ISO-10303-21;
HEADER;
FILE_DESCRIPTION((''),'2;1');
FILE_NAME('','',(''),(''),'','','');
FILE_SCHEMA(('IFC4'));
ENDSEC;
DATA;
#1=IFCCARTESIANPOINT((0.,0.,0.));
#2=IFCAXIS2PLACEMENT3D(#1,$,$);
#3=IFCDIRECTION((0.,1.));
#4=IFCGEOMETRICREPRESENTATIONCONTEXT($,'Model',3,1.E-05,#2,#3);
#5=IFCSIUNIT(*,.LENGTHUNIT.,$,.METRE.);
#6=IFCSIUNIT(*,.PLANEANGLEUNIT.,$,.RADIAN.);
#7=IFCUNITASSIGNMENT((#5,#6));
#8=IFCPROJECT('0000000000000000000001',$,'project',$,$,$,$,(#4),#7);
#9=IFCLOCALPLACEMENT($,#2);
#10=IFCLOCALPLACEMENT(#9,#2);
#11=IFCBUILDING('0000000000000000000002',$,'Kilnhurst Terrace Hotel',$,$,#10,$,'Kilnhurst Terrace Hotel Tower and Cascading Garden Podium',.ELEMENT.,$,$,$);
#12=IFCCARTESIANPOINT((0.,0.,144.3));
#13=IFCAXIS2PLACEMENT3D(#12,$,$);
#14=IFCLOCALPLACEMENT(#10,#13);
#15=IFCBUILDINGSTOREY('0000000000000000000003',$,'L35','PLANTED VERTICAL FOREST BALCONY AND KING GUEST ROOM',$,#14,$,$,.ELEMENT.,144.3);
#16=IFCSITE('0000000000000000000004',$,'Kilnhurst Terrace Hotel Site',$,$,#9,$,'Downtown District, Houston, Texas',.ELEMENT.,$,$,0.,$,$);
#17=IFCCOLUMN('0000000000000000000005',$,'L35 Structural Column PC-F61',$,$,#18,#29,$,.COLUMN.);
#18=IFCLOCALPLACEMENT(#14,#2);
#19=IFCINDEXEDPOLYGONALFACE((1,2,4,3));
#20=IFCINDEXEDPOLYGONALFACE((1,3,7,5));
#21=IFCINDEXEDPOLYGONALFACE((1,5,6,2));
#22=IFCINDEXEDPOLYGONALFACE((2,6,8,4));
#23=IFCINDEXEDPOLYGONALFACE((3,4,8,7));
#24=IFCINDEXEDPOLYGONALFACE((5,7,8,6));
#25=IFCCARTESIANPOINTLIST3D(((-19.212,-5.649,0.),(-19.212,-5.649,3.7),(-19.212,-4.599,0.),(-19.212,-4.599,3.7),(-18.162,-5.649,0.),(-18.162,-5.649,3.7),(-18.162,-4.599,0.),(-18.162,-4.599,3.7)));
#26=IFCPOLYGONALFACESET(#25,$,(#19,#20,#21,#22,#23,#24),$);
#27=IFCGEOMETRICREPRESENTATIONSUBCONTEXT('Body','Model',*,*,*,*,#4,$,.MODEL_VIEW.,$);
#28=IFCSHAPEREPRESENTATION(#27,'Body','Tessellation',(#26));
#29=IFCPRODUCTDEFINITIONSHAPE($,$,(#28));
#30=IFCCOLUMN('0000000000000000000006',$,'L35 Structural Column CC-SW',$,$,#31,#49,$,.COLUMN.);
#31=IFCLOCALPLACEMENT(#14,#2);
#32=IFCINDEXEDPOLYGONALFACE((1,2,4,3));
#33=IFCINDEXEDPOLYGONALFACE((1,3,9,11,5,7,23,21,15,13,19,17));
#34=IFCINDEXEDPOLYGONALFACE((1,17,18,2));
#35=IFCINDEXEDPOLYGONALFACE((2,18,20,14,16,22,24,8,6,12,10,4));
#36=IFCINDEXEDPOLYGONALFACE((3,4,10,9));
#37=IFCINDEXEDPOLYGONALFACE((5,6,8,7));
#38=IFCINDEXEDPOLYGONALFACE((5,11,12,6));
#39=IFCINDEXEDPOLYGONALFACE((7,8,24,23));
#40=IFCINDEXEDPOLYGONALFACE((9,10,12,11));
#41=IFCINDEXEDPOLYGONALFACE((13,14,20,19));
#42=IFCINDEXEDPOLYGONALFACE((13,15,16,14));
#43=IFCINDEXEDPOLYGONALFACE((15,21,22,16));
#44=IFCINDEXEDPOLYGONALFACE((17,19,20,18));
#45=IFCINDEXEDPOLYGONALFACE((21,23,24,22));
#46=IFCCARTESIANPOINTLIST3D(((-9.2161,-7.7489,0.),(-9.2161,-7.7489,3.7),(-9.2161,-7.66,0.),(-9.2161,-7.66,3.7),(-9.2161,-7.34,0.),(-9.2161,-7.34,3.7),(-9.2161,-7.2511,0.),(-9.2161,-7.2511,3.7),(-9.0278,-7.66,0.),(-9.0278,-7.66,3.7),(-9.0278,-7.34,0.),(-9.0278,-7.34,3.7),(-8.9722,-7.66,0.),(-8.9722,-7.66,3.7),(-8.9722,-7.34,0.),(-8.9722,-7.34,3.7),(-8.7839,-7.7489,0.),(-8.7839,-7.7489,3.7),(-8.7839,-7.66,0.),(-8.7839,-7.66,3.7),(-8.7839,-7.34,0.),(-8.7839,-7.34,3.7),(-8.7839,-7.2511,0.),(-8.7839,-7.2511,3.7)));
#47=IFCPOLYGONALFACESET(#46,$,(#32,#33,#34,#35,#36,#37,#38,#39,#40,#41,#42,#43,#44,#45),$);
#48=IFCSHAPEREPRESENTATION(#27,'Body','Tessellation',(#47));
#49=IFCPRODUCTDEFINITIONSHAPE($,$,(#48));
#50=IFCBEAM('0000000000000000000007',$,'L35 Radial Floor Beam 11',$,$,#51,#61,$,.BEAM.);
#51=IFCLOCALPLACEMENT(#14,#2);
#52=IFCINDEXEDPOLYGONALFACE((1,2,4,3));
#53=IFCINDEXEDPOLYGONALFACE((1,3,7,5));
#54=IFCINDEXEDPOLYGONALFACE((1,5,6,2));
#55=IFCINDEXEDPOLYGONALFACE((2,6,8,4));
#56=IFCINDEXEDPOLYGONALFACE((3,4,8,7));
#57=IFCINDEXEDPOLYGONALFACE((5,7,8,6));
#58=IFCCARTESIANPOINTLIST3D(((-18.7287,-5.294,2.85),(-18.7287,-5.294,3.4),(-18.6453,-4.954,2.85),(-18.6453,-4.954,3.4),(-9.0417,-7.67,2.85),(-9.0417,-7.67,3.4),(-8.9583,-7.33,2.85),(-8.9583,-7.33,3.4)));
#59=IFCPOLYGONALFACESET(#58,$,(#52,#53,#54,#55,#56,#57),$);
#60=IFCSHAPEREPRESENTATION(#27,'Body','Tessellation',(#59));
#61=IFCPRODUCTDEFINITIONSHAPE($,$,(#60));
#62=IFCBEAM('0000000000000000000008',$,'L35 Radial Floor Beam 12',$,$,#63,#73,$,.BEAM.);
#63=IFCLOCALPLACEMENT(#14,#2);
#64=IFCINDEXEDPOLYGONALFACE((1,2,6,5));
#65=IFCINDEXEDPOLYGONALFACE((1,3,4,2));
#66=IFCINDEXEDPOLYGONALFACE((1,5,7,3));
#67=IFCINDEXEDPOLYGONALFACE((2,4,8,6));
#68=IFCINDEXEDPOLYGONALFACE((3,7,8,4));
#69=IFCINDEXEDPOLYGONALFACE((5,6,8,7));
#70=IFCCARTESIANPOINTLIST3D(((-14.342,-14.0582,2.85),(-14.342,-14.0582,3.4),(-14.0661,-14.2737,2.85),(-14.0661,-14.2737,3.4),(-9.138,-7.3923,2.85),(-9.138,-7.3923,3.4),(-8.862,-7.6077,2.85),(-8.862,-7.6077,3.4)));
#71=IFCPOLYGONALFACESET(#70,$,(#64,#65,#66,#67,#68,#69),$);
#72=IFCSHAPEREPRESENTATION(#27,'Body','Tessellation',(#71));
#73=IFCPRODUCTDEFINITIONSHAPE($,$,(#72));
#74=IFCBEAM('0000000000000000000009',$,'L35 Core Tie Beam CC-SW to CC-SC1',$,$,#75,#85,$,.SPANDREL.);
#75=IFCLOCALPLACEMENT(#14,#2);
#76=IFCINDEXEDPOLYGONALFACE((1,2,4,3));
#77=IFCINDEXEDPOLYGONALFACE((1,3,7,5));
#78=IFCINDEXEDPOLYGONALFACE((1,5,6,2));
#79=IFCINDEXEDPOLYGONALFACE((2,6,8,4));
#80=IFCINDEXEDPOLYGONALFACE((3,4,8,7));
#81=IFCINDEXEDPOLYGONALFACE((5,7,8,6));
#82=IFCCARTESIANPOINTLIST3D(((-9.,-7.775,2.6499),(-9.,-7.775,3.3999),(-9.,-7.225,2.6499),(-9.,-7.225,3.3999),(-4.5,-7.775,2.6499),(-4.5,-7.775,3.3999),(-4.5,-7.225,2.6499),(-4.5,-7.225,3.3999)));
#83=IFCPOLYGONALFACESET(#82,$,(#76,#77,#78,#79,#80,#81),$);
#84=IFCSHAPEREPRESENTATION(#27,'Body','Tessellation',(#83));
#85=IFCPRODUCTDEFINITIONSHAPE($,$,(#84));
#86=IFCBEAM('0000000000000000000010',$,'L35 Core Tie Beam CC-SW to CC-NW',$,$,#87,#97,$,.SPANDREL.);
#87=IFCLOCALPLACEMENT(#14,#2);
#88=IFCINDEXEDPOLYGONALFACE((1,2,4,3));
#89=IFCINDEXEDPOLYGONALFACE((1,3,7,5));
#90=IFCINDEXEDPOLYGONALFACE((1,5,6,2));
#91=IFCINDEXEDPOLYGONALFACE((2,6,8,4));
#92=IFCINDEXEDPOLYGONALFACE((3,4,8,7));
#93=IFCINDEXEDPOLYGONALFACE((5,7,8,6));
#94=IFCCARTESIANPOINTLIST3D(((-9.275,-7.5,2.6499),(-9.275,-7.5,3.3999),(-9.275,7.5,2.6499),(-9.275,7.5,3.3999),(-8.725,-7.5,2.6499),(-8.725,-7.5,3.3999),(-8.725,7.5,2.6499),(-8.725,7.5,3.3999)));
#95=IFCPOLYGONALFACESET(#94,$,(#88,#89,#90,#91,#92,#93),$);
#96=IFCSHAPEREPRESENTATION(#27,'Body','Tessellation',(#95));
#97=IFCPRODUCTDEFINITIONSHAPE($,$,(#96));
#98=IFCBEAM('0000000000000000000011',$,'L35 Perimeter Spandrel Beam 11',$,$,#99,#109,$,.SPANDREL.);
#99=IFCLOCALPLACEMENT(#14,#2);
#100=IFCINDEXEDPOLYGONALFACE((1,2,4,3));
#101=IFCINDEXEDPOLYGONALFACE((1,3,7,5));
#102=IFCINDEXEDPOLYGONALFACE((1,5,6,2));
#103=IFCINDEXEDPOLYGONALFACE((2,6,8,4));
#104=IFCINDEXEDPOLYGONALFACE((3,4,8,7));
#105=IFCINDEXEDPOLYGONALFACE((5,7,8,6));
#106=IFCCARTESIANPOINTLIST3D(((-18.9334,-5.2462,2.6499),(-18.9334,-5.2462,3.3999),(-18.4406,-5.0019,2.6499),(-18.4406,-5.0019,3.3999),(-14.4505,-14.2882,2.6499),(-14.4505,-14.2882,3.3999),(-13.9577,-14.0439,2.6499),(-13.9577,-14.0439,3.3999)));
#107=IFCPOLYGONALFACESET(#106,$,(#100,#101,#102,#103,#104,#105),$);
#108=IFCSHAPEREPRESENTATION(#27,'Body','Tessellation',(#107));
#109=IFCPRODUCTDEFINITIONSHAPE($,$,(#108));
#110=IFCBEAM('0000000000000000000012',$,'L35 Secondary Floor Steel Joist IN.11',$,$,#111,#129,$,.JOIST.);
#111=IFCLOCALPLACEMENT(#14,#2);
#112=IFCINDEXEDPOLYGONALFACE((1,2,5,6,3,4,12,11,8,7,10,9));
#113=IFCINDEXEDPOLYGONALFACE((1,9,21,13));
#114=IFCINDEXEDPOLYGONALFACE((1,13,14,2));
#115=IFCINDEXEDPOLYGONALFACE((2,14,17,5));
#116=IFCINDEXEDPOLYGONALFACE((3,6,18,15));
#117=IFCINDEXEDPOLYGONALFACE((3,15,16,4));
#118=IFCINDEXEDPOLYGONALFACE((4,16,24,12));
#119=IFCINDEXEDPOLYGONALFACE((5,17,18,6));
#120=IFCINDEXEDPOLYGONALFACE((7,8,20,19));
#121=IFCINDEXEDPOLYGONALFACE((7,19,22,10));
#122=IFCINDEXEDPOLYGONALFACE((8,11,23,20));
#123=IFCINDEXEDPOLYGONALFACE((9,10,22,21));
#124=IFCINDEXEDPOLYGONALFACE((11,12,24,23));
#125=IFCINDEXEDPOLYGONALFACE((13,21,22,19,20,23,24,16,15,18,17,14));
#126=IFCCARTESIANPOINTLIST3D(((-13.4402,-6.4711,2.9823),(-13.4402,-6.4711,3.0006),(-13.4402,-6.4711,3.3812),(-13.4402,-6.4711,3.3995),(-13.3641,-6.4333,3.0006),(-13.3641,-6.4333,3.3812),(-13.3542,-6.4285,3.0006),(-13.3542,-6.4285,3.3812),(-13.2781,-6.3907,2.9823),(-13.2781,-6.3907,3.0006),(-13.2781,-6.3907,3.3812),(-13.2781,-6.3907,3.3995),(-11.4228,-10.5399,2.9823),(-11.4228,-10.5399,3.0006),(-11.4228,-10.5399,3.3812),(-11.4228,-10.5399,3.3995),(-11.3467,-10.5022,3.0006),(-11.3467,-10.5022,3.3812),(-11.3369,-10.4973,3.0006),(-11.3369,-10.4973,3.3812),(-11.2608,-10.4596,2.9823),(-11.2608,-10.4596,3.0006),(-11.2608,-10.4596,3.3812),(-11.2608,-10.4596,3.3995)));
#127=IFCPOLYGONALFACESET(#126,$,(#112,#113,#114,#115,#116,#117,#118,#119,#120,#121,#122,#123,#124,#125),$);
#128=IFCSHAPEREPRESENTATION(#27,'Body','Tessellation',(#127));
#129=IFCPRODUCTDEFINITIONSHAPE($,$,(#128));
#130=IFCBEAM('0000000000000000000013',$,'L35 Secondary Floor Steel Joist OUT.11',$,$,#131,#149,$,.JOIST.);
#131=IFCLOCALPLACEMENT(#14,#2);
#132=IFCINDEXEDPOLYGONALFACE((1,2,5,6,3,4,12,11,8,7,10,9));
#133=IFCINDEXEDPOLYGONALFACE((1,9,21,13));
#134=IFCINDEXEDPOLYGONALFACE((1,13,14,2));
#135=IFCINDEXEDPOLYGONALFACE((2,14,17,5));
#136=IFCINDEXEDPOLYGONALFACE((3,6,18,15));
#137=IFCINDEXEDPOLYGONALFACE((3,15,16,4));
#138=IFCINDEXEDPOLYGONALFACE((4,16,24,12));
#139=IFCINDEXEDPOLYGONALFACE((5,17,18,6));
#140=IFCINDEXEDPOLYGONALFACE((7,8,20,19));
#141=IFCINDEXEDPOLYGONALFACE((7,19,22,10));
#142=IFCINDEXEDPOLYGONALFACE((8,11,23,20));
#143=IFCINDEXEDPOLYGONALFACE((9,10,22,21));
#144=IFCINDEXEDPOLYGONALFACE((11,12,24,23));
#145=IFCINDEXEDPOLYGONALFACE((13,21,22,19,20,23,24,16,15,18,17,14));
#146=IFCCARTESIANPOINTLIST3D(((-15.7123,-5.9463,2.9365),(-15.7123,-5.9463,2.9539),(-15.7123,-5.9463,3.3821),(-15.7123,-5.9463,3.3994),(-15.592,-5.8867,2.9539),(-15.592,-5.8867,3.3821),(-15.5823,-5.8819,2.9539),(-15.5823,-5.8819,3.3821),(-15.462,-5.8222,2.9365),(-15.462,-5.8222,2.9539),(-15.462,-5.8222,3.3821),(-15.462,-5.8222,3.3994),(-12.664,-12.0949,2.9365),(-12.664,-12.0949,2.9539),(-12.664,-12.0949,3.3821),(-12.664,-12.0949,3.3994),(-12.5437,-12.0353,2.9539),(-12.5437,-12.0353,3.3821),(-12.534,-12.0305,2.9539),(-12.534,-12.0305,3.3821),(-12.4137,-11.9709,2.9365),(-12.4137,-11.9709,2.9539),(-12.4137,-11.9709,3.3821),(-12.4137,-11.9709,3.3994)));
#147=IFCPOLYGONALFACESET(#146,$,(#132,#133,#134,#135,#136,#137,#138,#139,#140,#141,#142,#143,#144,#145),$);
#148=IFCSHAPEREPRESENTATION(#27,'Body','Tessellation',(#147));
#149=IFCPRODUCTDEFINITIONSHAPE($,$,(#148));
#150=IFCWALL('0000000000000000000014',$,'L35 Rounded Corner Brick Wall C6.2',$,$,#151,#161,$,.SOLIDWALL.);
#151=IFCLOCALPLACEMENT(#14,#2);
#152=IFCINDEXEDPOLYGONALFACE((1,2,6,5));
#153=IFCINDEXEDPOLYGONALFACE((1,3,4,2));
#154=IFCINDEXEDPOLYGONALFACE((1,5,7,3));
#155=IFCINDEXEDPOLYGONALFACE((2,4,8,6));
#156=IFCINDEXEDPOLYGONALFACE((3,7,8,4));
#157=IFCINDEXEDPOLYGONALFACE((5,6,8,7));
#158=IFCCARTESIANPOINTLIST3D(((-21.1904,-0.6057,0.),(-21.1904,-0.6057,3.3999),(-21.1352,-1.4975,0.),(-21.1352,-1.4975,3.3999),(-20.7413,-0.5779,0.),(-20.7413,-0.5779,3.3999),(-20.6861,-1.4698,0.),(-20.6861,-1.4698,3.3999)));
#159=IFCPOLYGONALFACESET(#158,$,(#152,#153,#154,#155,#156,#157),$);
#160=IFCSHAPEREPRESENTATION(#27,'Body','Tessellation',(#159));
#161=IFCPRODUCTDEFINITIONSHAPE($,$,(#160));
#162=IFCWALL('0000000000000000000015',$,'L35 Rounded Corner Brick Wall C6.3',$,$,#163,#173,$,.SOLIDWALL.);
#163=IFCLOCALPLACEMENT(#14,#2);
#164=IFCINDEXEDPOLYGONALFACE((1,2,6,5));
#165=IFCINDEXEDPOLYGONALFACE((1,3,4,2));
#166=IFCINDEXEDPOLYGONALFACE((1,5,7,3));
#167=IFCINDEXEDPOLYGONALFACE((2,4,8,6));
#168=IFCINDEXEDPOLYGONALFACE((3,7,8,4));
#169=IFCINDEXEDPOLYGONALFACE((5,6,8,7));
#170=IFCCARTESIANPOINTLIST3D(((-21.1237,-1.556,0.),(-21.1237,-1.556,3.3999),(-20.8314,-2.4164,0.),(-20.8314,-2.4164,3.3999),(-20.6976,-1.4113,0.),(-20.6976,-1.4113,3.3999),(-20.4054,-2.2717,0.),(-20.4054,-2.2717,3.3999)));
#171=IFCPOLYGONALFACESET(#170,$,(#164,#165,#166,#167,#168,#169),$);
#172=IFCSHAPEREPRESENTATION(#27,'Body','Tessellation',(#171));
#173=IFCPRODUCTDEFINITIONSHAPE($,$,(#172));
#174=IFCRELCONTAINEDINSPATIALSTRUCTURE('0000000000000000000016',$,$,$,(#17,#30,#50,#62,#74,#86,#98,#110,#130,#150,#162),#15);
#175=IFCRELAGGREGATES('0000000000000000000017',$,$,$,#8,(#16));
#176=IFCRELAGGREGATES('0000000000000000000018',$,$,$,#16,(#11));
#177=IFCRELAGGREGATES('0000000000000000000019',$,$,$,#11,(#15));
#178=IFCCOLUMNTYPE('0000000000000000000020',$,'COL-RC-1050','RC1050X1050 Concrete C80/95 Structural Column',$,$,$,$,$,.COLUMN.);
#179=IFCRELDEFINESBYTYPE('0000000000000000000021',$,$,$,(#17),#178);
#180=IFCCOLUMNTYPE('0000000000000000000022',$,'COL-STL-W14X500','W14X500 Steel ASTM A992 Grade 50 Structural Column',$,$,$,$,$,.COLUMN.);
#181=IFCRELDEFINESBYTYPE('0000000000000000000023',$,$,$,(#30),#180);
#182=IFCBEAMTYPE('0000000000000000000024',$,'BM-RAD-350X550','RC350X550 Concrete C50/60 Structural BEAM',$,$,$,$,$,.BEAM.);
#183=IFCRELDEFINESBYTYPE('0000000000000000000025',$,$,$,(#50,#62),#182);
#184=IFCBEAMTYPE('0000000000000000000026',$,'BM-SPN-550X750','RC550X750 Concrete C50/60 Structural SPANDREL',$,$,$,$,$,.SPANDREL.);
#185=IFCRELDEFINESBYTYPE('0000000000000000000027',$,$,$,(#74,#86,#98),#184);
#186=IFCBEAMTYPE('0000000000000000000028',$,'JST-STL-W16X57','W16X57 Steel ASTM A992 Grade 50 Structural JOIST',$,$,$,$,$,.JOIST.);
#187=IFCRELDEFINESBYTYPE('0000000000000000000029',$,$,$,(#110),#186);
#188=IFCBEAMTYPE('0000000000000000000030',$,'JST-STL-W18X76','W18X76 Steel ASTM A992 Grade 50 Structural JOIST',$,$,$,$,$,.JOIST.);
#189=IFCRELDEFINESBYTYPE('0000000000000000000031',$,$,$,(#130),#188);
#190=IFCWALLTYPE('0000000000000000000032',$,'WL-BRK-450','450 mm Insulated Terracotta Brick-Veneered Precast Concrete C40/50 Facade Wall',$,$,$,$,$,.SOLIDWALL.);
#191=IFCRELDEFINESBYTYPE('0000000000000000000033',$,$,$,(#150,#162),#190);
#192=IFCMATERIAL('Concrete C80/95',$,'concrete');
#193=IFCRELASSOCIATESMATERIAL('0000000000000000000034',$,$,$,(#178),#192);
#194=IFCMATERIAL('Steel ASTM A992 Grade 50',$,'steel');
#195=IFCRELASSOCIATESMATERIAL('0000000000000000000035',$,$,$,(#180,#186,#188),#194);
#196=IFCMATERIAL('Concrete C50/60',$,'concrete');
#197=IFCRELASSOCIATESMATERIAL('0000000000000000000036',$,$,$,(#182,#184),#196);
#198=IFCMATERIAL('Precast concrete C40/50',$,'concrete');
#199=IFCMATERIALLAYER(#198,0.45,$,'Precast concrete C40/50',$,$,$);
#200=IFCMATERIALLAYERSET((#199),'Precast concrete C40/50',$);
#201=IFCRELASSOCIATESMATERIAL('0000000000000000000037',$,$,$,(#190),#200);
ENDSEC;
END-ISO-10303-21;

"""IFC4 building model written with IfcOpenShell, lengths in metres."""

from ifc_helpers import new_model, si_unit, direction, frame, frame_2d, origin, origin_2d, place, context, subcontext, project, spatial, rectangle, i_section, extrude, material, layer, layer_set, material_profile, profile_set, type_object, element, save


model = new_model("IFC4")

# Units and contexts
model_context = context("Model", 3, precision=1e-05, world=origin(), true_north=direction((0.0, 1.0)))
body_context = subcontext(model_context, "Body", "Model", "MODEL_VIEW")
ifc_project = project(units=[si_unit("LENGTHUNIT", "METRE"), si_unit("PLANEANGLEUNIT", "RADIAN")], contexts=[model_context])

# Site, building, storey
site_placement = place(None, origin())
site = spatial("IfcSite", under=ifc_project, at=site_placement, Name="Kilnhurst Terrace Hotel Site", LongName="Downtown District, Houston, Texas", CompositionType="ELEMENT", RefElevation=0.0)
building_placement = place(site_placement, origin())
building = spatial("IfcBuilding", under=site, at=building_placement, Name="Kilnhurst Terrace Hotel", LongName="Kilnhurst Terrace Hotel Tower and Cascading Garden Podium", CompositionType="ELEMENT")
storey_placement = place(building_placement, frame((0.0, 0.0, 144.3)))
storey = spatial("IfcBuildingStorey", under=building, at=storey_placement, Name="L35", Description="PLANTED VERTICAL FOREST BALCONY AND KING GUEST ROOM", CompositionType="ELEMENT", Elevation=144.3)

# Columns
ifc_material_1 = material(Name="Concrete C80/95", Category="concrete")
ifc_material_profile_1 = material_profile(ifc_material_1, rectangle(XDim=1.05, YDim=1.05, at=origin_2d()), Name="RC1050X1050")
ifc_profile_set_1 = profile_set([ifc_material_profile_1], Name="Concrete C80/95")
column_type_1 = type_object("IfcColumnType", Name="COL-RC-1050", Description="RC1050X1050 Concrete C80/95 Structural Column", PredefinedType="COLUMN", material=ifc_profile_set_1)
column_1_placement = place(storey_placement, frame((-18.687, -5.124, 0.0), z_axis=(0.0, 0.0, 1.0), x_axis=(1.0, 0.0, 0.0)))
element("IfcColumn", 1, at=column_1_placement, inside=storey, type_object=column_type_1, Name="L35 Structural Column PC-F61", PredefinedType="COLUMN", context=body_context, shape_type="SweptSolid", body=[
    extrude(rectangle(XDim=1.05, YDim=1.05, at=origin_2d()), origin(), (0.0, 0.0, 1.0), 3.7),
])
ifc_material_2 = material(Name="Steel ASTM A992 Grade 50", Category="steel")
ifc_material_profile_2 = material_profile(ifc_material_2, i_section(OverallWidth=0.4321, OverallDepth=0.4978, WebThickness=0.0557, FlangeThickness=0.0889, at=origin_2d()), Name="W14X500")
ifc_profile_set_2 = profile_set([ifc_material_profile_2], Name="Steel ASTM A992 Grade 50")
column_type_2 = type_object("IfcColumnType", Name="COL-STL-W14X500", Description="W14X500 Steel ASTM A992 Grade 50 Structural Column", PredefinedType="COLUMN", material=ifc_profile_set_2)
column_2_placement = place(storey_placement, frame((-9.0, -7.5, 0.0), z_axis=(0.0, 0.0, 1.0), x_axis=(1.0, 0.0, 0.0)))
element("IfcColumn", 2, at=column_2_placement, inside=storey, type_object=column_type_2, Name="L35 Structural Column CC-SW", PredefinedType="COLUMN", context=body_context, shape_type="SweptSolid", body=[
    extrude(i_section(OverallWidth=0.4321, OverallDepth=0.4978, WebThickness=0.0557, FlangeThickness=0.0889, at=origin_2d()), origin(), (0.0, 0.0, 1.0), 3.7),
])

# Beams
ifc_material_3 = material(Name="Concrete C50/60", Category="concrete")
ifc_material_profile_3 = material_profile(ifc_material_3, rectangle(XDim=0.3501, YDim=0.55, at=origin_2d()), Name="RC350X550")
ifc_profile_set_3 = profile_set([ifc_material_profile_3], Name="Concrete C50/60")
beam_type_1 = type_object("IfcBeamType", Name="BM-RAD-350X550", Description="RC350X550 Concrete C50/60 Structural BEAM", PredefinedType="BEAM", material=ifc_profile_set_3)
beam_1_placement = place(storey_placement, frame((-9.0, -7.5, 3.125), z_axis=(-0.971213, 0.238214, 0.0), x_axis=(-0.238214, -0.971213, 0.0)))
element("IfcBeam", 3, at=beam_1_placement, inside=storey, type_object=beam_type_1, Name="L35 Radial Floor Beam 11", PredefinedType="BEAM", context=body_context, shape_type="SweptSolid", body=[
    extrude(rectangle(XDim=0.3501, YDim=0.55, at=origin_2d()), origin(), (0.0, 0.0, 1.0), 9.9741),
])
beam_2_placement = place(storey_placement, frame((-9.0, -7.5, 3.125), z_axis=(-0.615371, -0.788238, 0.0), x_axis=(0.788238, -0.615371, 0.0)))
element("IfcBeam", 4, at=beam_2_placement, inside=storey, type_object=beam_type_1, Name="L35 Radial Floor Beam 12", PredefinedType="BEAM", context=body_context, shape_type="SweptSolid", body=[
    extrude(rectangle(XDim=0.3501, YDim=0.55, at=origin_2d()), origin(), (0.0, 0.0, 1.0), 8.4568),
])
ifc_material_profile_4 = material_profile(ifc_material_3, rectangle(XDim=0.55, YDim=0.75, at=origin_2d()), Name="RC550X750")
ifc_profile_set_4 = profile_set([ifc_material_profile_4], Name="Concrete C50/60")
beam_type_2 = type_object("IfcBeamType", Name="BM-SPN-550X750", Description="RC550X750 Concrete C50/60 Structural SPANDREL", PredefinedType="SPANDREL", material=ifc_profile_set_4)
beam_3_placement = place(storey_placement, frame((-9.0, -7.5, 3.0249), z_axis=(1.0, 0.0, 0.0), x_axis=(0.0, 1.0, 0.0)))
element("IfcBeam", 5, at=beam_3_placement, inside=storey, type_object=beam_type_2, Name="L35 Core Tie Beam CC-SW to CC-SC1", PredefinedType="SPANDREL", context=body_context, shape_type="SweptSolid", body=[
    extrude(rectangle(XDim=0.55, YDim=0.75, at=origin_2d()), origin(), (0.0, 0.0, 1.0), 4.5),
])
beam_4_placement = place(storey_placement, frame((-9.0, -7.5, 3.0249), z_axis=(0.0, 1.0, 0.0), x_axis=(-1.0, 0.0, 0.0)))
element("IfcBeam", 6, at=beam_4_placement, inside=storey, type_object=beam_type_2, Name="L35 Core Tie Beam CC-SW to CC-NW", PredefinedType="SPANDREL", context=body_context, shape_type="SweptSolid", body=[
    extrude(rectangle(XDim=0.55, YDim=0.75, at=origin_2d()), origin(), (0.0, 0.0, 1.0), 15.0),
])
beam_5_placement = place(storey_placement, frame((-18.687, -5.124, 3.0249), z_axis=(0.444192, -0.895932, 0.0), x_axis=(0.895932, 0.444192, 0.0)))
element("IfcBeam", 7, at=beam_5_placement, inside=storey, type_object=beam_type_2, Name="L35 Perimeter Spandrel Beam 11", PredefinedType="SPANDREL", context=body_context, shape_type="SweptSolid", body=[
    extrude(rectangle(XDim=0.55, YDim=0.75, at=origin_2d()), origin(), (0.0, 0.0, 1.0), 10.0923),
])
ifc_material_profile_5 = material_profile(ifc_material_2, i_section(OverallWidth=0.1809, OverallDepth=0.4172, WebThickness=0.011, FlangeThickness=0.0183, at=origin_2d()), Name="W16X57")
ifc_profile_set_5 = profile_set([ifc_material_profile_5], Name="Steel ASTM A992 Grade 50")
beam_type_3 = type_object("IfcBeamType", Name="JST-STL-W16X57", Description="W16X57 Steel ASTM A992 Grade 50 Structural JOIST", PredefinedType="JOIST", material=ifc_profile_set_5)
beam_6_placement = place(storey_placement, frame((-13.3591, -6.4309, 3.1909), z_axis=(0.444201, -0.895927, 0.0), x_axis=(0.895927, 0.444201, 0.0)))
element("IfcBeam", 8, at=beam_6_placement, inside=storey, type_object=beam_type_3, Name="L35 Secondary Floor Steel Joist IN.11", PredefinedType="JOIST", context=body_context, shape_type="SweptSolid", body=[
    extrude(i_section(OverallWidth=0.1809, OverallDepth=0.4172, WebThickness=0.011, FlangeThickness=0.0183, at=origin_2d()), origin(), (0.0, 0.0, 1.0), 4.5415),
])
ifc_material_profile_6 = material_profile(ifc_material_2, i_section(OverallWidth=0.2793, OverallDepth=0.4629, WebThickness=0.0107, FlangeThickness=0.0173, at=origin_2d()), Name="W18X76")
ifc_profile_set_6 = profile_set([ifc_material_profile_6], Name="Steel ASTM A992 Grade 50")
beam_type_4 = type_object("IfcBeamType", Name="JST-STL-W18X76", Description="W18X76 Steel ASTM A992 Grade 50 Structural JOIST", PredefinedType="JOIST", material=ifc_profile_set_6)
beam_7_placement = place(storey_placement, frame((-15.5872, -5.8843, 3.168), z_axis=(0.44418, -0.895938, 0.0), x_axis=(0.895938, 0.44418, 0.0)))
element("IfcBeam", 9, at=beam_7_placement, inside=storey, type_object=beam_type_4, Name="L35 Secondary Floor Steel Joist OUT.11", PredefinedType="JOIST", context=body_context, shape_type="SweptSolid", body=[
    extrude(i_section(OverallWidth=0.2793, OverallDepth=0.4629, WebThickness=0.0107, FlangeThickness=0.0173, at=origin_2d()), origin(), (0.0, 0.0, 1.0), 6.8628),
])

# Walls
ifc_material_4 = material(Name="Precast concrete C40/50", Category="concrete")
ifc_layer_1 = layer(ifc_material_4, 0.45, Name="Precast concrete C40/50")
ifc_layer_set_1 = layer_set([ifc_layer_1], Name="Precast concrete C40/50")
wall_type_1 = type_object("IfcWallType", Name="WL-BRK-450", Description="450 mm Insulated Terracotta Brick-Veneered Precast Concrete C40/50 Facade Wall", PredefinedType="SOLIDWALL", material=ifc_layer_set_1)
wall_1_placement = place(storey_placement, frame((-20.9658, -0.5918, 0.0), z_axis=(0.0, 0.0, 1.0), x_axis=(0.061749, -0.998092, 0.0)))
element("IfcWall", 10, at=wall_1_placement, inside=storey, type_object=wall_type_1, Name="L35 Rounded Corner Brick Wall C6.2", PredefinedType="SOLIDWALL", context=body_context, shape_type="SweptSolid", body=[
    extrude(rectangle(XDim=0.8936, YDim=0.45, at=frame_2d((0.4468, 0.0))), origin(), (0.0, 0.0, 1.0), 3.3999),
])
wall_2_placement = place(storey_placement, frame((-20.9106, -1.4836, 0.0), z_axis=(0.0, 0.0, 1.0), x_axis=(0.321623, -0.946868, 0.0)))
element("IfcWall", 11, at=wall_2_placement, inside=storey, type_object=wall_type_1, Name="L35 Rounded Corner Brick Wall C6.3", PredefinedType="SOLIDWALL", context=body_context, shape_type="SweptSolid", body=[
    extrude(rectangle(XDim=0.9087, YDim=0.45, at=frame_2d((0.4543, 0.0))), origin(), (0.0, 0.0, 1.0), 3.3999),
])

save(model, "model.ifc")
